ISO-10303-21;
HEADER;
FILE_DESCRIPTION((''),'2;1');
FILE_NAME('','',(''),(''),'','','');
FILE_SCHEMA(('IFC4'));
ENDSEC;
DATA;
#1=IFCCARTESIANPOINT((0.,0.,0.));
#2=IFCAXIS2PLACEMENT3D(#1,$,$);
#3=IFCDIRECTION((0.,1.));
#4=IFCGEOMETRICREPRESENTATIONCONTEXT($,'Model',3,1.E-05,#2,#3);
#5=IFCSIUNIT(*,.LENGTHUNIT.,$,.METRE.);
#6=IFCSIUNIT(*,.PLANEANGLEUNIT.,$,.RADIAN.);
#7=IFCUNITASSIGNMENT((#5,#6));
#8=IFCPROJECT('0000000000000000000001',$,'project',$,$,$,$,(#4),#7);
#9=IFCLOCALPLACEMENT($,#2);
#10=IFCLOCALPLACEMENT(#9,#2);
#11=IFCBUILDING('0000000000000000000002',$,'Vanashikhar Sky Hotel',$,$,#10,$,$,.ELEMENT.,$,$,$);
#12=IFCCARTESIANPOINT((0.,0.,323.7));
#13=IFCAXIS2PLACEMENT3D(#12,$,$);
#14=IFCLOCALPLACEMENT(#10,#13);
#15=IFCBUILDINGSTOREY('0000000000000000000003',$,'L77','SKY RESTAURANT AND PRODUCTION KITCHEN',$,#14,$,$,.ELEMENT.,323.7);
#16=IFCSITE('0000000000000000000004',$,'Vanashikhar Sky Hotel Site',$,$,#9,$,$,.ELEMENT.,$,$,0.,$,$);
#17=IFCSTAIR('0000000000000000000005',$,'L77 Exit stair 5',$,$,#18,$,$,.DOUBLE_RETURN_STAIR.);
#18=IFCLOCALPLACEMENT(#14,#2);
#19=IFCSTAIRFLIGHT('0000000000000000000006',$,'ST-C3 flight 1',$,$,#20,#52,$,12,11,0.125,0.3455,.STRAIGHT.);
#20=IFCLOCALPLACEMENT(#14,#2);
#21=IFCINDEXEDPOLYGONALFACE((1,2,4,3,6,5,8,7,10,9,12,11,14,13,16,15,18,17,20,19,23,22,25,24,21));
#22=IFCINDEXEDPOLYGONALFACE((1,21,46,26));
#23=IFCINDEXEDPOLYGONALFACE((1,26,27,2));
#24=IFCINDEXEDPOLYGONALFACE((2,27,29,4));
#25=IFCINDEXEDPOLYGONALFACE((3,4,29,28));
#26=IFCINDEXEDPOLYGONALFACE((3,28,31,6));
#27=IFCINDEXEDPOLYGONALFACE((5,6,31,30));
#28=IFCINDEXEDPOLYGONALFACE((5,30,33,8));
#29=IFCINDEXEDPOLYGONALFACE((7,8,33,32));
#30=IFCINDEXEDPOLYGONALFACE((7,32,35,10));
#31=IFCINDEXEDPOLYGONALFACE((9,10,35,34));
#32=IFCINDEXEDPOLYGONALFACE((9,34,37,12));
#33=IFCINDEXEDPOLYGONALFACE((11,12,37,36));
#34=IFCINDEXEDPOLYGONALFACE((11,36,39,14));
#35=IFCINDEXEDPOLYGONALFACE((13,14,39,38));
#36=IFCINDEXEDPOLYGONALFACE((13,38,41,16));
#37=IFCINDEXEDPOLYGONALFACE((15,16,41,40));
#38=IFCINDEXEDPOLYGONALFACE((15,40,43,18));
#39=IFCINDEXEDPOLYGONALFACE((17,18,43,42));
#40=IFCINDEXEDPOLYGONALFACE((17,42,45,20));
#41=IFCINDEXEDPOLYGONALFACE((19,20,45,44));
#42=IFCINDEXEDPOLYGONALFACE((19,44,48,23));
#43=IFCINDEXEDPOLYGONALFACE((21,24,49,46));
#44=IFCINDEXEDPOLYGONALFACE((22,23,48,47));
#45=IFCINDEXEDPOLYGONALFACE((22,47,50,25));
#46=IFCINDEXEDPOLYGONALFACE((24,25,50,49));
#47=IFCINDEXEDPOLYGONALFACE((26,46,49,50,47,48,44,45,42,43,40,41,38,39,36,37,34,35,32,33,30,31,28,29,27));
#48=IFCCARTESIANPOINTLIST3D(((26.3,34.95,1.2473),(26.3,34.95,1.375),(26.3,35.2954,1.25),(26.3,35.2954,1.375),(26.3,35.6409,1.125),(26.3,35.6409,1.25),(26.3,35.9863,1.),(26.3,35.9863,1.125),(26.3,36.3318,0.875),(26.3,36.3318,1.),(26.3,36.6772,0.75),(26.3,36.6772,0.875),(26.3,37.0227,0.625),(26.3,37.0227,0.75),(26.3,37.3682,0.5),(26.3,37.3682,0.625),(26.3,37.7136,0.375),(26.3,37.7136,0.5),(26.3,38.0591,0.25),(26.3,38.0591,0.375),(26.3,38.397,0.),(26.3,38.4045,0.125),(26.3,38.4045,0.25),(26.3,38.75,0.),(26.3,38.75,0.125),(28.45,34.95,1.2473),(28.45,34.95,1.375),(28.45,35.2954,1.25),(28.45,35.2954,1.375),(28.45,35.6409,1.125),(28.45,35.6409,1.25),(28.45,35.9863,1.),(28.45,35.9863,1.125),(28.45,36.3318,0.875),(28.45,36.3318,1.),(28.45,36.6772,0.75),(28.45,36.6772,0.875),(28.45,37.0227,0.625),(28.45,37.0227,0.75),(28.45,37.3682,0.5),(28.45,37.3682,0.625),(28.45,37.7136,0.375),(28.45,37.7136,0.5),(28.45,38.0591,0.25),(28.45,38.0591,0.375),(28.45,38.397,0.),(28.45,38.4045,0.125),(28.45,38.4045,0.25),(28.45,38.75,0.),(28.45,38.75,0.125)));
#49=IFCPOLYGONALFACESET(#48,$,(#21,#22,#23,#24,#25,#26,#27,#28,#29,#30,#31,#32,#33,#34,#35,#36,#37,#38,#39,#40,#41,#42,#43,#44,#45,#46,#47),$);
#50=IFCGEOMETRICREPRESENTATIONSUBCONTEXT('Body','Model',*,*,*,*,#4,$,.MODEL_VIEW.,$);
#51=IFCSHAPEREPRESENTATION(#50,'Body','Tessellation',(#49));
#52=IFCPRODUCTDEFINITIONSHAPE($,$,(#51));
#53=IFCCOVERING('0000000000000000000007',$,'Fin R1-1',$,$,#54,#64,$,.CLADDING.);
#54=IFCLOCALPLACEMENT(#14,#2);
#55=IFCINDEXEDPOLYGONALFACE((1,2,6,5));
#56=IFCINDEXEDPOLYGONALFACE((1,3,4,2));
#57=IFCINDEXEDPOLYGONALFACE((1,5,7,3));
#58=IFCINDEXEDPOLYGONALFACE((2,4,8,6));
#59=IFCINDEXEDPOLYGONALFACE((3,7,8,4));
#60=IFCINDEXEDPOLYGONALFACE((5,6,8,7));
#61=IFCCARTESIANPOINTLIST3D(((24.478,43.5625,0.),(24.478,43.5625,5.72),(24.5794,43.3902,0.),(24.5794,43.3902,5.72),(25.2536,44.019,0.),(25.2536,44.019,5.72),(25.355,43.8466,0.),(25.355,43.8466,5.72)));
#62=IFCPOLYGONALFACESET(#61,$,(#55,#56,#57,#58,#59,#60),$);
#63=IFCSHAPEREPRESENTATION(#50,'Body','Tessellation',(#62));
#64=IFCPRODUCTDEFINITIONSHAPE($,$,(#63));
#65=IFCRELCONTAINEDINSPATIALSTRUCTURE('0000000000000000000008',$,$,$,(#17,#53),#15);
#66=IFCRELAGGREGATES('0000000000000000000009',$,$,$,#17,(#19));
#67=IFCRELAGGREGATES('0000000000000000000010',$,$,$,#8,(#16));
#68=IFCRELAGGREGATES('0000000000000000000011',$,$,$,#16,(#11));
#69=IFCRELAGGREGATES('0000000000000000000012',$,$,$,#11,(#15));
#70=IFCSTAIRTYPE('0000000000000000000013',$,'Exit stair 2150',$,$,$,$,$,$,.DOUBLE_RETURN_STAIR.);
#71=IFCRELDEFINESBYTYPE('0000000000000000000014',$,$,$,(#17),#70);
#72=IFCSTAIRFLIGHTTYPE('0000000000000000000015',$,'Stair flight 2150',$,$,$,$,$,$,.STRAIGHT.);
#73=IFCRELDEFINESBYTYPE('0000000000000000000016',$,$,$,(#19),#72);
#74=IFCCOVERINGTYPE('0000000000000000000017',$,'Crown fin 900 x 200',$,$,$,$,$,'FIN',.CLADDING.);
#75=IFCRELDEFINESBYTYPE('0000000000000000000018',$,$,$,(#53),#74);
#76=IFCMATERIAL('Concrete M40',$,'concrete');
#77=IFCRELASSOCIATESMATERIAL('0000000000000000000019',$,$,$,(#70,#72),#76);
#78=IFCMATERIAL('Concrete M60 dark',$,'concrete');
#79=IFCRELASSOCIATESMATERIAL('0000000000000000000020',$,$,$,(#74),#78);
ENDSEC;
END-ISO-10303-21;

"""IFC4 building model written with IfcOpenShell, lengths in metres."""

from ifc_helpers import new_model, si_unit, direction, frame, origin, origin_2d, place, context, subcontext, project, spatial, polyline, rectangle, outline, extrude, source, transform, mapped, material, material_profile, profile_set, type_object, element, aggregate, save


model = new_model("IFC4")

# Units and contexts
model_context = context("Model", 3, precision=1e-05, world=origin(), true_north=direction((0.0, 1.0)))
body_context = subcontext(model_context, "Body", "Model", "MODEL_VIEW")
ifc_project = project(units=[si_unit("LENGTHUNIT", "METRE"), si_unit("PLANEANGLEUNIT", "RADIAN")], contexts=[model_context])

# Site, building, storey
site_placement = place(None, origin())
site = spatial("IfcSite", under=ifc_project, at=site_placement, Name="Vanashikhar Sky Hotel Site", CompositionType="ELEMENT", RefElevation=0.0)
building_placement = place(site_placement, origin())
building = spatial("IfcBuilding", under=site, at=building_placement, Name="Vanashikhar Sky Hotel", CompositionType="ELEMENT")
storey_placement = place(building_placement, frame((0.0, 0.0, 323.7)))
storey = spatial("IfcBuildingStorey", under=building, at=storey_placement, Name="L77", Description="SKY RESTAURANT AND PRODUCTION KITCHEN", CompositionType="ELEMENT", Elevation=323.7)

# Stair, stair flight
ifc_material_1 = material(Name="Concrete M40", Category="concrete")
stair_type = type_object("IfcStairType", Name="Exit stair 2150", PredefinedType="DOUBLE_RETURN_STAIR", material=ifc_material_1)
stair_placement = place(storey_placement, origin())
stair = element("IfcStair", 1, at=stair_placement, inside=storey, type_object=stair_type, Name="L77 Exit stair 5", PredefinedType="DOUBLE_RETURN_STAIR")
stair_flight_type = type_object("IfcStairFlightType", Name="Stair flight 2150", PredefinedType="STRAIGHT", material=ifc_material_1)
shared_shape_1 = source(origin(), body_context, "Body", "SweptSolid", [
    extrude(outline(polyline([(0.0, 0.0), (0.0, 0.125), (0.3455, 0.125), (0.3455, 0.25), (0.6909, 0.25), (0.6909, 0.375), (1.0364, 0.375), (1.0364, 0.5), (1.3818, 0.5), (1.3818, 0.625), (1.7273, 0.625), (1.7273, 0.75), (2.0728, 0.75), (2.0728, 0.875), (2.4182, 0.875), (2.4182, 1.0), (2.7637, 1.0), (2.7637, 1.125), (3.1091, 1.125), (3.1091, 1.25), (3.4546, 1.25), (3.4546, 1.375), (3.8, 1.375), (3.8, 1.5), (3.8, 1.2473), (0.353, 0.0), (0.0, 0.0)])), frame((0.0, 1.075, 0.0), z_axis=(0.0, -1.0, 0.0), x_axis=(1.0, 0.0, 0.0)), (0.0, 0.0, 1.0), 2.1499),
])
stair_flight_placement = place(storey_placement, frame((27.375, 38.75, 0.0), z_axis=(0.0, 0.0, 1.0), x_axis=(0.0, -1.0, 0.0)))
stair_flight = element("IfcStairFlight", 2, at=stair_flight_placement, type_object=stair_flight_type, Name="ST-C3 flight 1", NumberOfRisers=12, NumberOfTreads=11, PredefinedType="STRAIGHT", RiserHeight=0.125, TreadLength=0.3455, context=body_context, shape_type="MappedRepresentation", body=[
    mapped(shared_shape_1, transform((0.0, 0.0, 0.0), scale=1.0)),
])
aggregate(stair, [stair_flight])

# Covering
ifc_material_2 = material(Name="Concrete M60 dark", Category="concrete")
ifc_material_profile_1 = material_profile(ifc_material_2, rectangle(XDim=0.8999, YDim=0.2, at=origin_2d()))
ifc_profile_set_1 = profile_set([ifc_material_profile_1], Name="Crown fin 900 x 200")
covering_type = type_object("IfcCoveringType", Name="Crown fin 900 x 200", ElementType="FIN", PredefinedType="CLADDING", material=ifc_profile_set_1)
shared_shape_2 = source(origin(), body_context, "Body", "SweptSolid", [
    extrude(rectangle(XDim=0.8999, YDim=0.2, at=origin_2d()), origin(), (0.0, 0.0, 1.0), 5.72),
])
covering_placement = place(storey_placement, frame((24.9165, 43.7046, 0.0), z_axis=(0.0, 0.0, 1.0), x_axis=(0.861833, 0.507192, 0.0)))
element("IfcCovering", 3, at=covering_placement, inside=storey, type_object=covering_type, Name="Fin R1-1", PredefinedType="CLADDING", context=body_context, shape_type="MappedRepresentation", body=[
    mapped(shared_shape_2, transform((0.0, 0.0, 0.0), scale=1.0)),
])

save(model, "model.ifc")
